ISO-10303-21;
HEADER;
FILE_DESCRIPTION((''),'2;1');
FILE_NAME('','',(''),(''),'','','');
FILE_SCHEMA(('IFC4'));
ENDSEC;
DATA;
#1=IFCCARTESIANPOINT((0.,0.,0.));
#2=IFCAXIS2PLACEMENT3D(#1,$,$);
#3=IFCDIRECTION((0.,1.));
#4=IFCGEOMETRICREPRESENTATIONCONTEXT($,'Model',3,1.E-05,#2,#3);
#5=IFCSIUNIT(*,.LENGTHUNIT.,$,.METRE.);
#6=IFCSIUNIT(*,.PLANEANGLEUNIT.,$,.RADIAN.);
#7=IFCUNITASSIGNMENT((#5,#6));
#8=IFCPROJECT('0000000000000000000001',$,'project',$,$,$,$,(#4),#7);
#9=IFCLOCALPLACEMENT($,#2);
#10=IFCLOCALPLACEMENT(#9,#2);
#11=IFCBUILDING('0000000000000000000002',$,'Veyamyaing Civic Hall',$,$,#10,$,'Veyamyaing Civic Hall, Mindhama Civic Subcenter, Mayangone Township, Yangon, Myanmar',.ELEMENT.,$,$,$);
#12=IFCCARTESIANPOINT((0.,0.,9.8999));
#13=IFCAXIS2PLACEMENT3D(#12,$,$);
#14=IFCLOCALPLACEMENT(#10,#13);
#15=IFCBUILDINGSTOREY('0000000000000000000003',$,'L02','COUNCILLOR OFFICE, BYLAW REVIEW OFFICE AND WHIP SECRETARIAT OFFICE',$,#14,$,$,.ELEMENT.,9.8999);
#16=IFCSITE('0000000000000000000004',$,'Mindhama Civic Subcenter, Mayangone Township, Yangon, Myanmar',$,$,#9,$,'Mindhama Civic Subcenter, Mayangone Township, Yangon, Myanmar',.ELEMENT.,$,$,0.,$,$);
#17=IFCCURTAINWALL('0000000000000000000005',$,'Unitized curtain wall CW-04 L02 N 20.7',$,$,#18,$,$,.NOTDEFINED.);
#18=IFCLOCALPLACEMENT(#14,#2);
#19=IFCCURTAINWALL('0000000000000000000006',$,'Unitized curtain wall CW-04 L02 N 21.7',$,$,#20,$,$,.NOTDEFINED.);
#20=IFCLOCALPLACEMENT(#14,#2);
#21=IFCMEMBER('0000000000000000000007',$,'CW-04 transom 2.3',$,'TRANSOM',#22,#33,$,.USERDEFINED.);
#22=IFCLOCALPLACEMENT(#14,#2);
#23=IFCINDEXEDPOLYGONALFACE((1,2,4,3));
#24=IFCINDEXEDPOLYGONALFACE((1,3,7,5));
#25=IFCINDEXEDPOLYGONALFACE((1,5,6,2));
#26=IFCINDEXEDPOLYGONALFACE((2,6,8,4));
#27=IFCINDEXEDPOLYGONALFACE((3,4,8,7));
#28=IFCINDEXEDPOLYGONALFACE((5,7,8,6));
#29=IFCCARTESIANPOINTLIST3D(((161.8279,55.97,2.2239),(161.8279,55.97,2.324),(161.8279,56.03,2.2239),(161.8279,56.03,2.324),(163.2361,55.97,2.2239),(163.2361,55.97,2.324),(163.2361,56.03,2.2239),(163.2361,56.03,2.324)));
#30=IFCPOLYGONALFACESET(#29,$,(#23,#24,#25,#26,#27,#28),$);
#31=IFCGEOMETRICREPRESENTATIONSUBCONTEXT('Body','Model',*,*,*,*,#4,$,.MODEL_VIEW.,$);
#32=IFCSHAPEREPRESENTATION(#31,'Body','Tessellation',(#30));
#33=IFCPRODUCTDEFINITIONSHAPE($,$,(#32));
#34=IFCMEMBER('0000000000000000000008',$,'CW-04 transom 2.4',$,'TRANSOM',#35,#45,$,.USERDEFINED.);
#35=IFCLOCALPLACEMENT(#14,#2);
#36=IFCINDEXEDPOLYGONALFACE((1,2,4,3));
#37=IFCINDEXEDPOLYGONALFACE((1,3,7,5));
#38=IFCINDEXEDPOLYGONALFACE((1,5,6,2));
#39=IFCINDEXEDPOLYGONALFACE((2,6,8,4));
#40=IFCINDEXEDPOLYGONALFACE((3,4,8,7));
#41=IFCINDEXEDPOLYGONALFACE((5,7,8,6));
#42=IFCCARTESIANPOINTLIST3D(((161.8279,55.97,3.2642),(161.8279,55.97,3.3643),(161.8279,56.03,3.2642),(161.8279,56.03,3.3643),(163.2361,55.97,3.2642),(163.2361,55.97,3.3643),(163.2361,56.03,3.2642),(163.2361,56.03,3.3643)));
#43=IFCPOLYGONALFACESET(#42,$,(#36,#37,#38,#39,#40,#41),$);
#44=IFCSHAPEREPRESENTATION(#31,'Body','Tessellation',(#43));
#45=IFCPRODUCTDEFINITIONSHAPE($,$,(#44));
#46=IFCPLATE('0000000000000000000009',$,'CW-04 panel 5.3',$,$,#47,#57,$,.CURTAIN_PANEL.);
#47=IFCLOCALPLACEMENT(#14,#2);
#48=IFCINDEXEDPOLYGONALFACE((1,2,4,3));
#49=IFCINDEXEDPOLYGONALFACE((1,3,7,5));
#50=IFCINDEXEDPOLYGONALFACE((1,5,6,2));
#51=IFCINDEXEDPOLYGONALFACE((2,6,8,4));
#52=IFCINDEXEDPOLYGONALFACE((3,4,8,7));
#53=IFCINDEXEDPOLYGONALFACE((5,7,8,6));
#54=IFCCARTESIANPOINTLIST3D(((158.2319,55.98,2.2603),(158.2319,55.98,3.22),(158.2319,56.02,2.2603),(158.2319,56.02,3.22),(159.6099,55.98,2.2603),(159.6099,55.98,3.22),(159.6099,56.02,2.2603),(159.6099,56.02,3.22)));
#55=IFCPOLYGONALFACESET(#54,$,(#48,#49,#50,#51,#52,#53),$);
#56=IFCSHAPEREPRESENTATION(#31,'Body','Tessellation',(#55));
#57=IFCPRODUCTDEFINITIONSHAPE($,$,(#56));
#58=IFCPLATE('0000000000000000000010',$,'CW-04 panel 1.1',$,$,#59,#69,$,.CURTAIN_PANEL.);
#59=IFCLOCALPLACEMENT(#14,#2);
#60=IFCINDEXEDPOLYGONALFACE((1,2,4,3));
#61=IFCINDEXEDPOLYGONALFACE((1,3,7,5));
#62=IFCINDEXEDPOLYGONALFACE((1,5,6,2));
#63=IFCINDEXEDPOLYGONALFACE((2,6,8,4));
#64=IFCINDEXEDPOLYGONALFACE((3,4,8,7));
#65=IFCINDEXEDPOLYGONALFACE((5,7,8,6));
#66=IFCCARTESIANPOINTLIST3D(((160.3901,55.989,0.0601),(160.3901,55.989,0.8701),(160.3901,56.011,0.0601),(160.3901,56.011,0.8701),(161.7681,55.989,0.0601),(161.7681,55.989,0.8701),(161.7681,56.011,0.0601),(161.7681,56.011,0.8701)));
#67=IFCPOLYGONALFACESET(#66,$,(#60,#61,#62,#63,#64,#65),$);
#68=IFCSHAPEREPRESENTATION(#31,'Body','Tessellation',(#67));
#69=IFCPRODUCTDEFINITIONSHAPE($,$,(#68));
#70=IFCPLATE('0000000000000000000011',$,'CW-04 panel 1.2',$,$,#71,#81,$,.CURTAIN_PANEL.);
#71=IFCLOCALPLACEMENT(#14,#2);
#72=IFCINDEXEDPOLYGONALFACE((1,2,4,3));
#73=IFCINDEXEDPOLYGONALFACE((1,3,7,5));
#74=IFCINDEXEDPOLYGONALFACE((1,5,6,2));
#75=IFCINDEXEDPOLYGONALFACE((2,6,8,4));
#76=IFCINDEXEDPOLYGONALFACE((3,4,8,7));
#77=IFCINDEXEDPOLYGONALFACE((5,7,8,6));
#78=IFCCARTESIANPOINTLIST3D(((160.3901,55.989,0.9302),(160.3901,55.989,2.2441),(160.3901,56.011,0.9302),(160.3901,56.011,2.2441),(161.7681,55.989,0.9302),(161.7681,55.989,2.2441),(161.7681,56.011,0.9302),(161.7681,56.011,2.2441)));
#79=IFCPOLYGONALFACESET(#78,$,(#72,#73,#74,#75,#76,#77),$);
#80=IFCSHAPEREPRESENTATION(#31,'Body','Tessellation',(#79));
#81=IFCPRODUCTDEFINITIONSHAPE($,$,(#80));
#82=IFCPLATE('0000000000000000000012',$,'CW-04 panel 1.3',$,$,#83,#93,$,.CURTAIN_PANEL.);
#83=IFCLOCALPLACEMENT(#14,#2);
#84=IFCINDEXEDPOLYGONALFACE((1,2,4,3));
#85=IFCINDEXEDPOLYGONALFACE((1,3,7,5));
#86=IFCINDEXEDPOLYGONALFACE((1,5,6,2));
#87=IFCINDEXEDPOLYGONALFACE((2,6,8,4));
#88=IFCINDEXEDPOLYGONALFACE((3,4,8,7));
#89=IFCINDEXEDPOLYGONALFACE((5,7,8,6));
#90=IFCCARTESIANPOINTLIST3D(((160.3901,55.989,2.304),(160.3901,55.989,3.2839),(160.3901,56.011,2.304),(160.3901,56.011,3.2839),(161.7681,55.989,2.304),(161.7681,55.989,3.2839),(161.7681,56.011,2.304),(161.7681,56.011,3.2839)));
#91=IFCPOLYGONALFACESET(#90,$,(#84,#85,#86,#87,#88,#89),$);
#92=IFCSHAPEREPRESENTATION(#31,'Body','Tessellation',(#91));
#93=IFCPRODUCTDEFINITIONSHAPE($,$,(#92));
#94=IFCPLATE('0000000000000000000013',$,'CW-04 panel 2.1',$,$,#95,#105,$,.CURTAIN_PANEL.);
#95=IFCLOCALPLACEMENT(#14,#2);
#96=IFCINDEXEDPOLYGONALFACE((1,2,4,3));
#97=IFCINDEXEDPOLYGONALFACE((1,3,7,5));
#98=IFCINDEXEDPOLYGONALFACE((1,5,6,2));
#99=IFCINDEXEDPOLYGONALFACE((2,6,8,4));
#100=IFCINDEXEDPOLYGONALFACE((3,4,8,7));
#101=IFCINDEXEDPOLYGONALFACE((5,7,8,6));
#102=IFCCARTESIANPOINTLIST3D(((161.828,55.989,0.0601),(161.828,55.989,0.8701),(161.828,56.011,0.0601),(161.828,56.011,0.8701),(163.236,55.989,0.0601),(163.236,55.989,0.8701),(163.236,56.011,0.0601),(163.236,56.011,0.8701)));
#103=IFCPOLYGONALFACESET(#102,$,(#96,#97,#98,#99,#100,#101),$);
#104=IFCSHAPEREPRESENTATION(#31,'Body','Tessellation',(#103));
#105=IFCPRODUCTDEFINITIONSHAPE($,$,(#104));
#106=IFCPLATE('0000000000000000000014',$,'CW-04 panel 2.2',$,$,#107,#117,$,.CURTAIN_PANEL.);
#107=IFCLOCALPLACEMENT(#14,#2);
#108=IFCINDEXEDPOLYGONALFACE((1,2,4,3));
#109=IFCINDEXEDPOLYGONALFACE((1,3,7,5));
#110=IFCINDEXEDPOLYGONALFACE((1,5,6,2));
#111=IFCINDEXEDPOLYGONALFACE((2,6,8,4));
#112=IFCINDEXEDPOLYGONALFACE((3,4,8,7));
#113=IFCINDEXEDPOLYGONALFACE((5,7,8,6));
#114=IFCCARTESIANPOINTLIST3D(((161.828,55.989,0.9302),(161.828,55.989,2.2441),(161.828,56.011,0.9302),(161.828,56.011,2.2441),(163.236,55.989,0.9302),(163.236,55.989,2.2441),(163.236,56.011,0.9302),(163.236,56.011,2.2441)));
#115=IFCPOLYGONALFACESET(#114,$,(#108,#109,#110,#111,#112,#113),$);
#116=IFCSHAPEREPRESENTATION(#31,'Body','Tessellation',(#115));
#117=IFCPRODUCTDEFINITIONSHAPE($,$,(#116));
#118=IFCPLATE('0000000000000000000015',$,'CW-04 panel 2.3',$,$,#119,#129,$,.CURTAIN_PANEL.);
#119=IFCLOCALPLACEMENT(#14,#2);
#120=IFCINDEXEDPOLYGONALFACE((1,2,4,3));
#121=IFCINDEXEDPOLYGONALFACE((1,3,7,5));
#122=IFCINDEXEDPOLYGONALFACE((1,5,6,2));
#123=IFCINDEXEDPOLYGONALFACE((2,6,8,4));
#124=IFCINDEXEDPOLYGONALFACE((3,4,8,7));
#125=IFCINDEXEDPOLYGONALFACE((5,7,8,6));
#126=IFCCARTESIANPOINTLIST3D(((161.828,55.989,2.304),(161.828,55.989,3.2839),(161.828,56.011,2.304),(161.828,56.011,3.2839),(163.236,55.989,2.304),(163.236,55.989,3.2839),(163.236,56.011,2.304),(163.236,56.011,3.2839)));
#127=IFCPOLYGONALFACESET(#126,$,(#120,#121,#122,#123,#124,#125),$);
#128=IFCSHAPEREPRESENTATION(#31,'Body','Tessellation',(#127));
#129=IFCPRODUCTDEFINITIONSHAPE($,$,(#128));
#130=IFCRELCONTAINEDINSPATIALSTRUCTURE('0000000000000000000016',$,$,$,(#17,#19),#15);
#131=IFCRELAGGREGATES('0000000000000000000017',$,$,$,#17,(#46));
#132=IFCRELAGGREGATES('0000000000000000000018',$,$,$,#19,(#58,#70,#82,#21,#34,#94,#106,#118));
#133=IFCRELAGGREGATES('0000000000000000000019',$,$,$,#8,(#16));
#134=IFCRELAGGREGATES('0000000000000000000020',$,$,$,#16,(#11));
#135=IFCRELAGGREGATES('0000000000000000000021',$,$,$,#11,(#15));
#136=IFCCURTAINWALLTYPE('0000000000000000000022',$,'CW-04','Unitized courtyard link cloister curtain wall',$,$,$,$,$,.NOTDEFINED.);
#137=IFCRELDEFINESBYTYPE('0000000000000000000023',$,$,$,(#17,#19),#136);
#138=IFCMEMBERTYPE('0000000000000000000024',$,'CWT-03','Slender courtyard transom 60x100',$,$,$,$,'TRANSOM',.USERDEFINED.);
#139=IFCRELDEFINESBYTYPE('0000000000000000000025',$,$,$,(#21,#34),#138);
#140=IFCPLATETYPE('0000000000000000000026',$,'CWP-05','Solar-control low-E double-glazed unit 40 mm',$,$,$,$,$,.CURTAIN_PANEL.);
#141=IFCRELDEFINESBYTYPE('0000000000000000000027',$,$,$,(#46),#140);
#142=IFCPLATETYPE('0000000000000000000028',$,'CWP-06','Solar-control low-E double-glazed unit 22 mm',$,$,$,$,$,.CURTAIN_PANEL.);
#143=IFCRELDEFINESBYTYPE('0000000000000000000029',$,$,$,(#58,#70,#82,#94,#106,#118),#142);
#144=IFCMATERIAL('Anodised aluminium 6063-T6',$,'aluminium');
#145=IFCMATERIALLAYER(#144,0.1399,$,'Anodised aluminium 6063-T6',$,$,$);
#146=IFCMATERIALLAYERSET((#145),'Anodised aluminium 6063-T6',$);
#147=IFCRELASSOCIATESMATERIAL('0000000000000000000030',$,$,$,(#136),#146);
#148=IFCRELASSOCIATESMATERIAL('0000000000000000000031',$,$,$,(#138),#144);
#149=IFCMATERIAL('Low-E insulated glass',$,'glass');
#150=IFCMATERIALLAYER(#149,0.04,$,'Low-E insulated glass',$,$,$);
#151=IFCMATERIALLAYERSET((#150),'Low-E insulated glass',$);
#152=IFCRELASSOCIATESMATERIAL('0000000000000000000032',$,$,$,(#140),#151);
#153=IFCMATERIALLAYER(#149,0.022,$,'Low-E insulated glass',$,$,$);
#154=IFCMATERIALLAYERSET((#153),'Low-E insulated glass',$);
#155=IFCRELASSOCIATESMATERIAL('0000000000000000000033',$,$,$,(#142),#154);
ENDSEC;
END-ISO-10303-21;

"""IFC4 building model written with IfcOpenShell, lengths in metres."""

from ifc_helpers import new_model, si_unit, direction, frame, origin, origin_2d, place, context, subcontext, project, spatial, rectangle, extrude, material, layer, layer_set, material_profile, profile_set, type_object, element, aggregate, save


model = new_model("IFC4")

# Units and contexts
model_context = context("Model", 3, precision=1e-05, world=origin(), true_north=direction((0.0, 1.0)))
body_context = subcontext(model_context, "Body", "Model", "MODEL_VIEW")
ifc_project = project(units=[si_unit("LENGTHUNIT", "METRE"), si_unit("PLANEANGLEUNIT", "RADIAN")], contexts=[model_context])

# Site, building, storey
site_placement = place(None, origin())
site = spatial("IfcSite", under=ifc_project, at=site_placement, Name="Mindhama Civic Subcenter, Mayangone Township, Yangon, Myanmar", LongName="Mindhama Civic Subcenter, Mayangone Township, Yangon, Myanmar", CompositionType="ELEMENT", RefElevation=0.0)
building_placement = place(site_placement, origin())
building = spatial("IfcBuilding", under=site, at=building_placement, Name="Veyamyaing Civic Hall", LongName="Veyamyaing Civic Hall, Mindhama Civic Subcenter, Mayangone Township, Yangon, Myanmar", CompositionType="ELEMENT")
storey_placement = place(building_placement, frame((0.0, 0.0, 9.8999)))
storey = spatial("IfcBuildingStorey", under=building, at=storey_placement, Name="L02", Description="COUNCILLOR OFFICE, BYLAW REVIEW OFFICE AND WHIP SECRETARIAT OFFICE", CompositionType="ELEMENT", Elevation=9.8999)

# Curtain wall
ifc_material_1 = material(Name="Anodised aluminium 6063-T6", Category="aluminium")
ifc_layer_1 = layer(ifc_material_1, 0.1399, Name="Anodised aluminium 6063-T6")
ifc_layer_set_1 = layer_set([ifc_layer_1], Name="Anodised aluminium 6063-T6")
curtain_wall_type = type_object("IfcCurtainWallType", Name="CW-04", Description="Unitized courtyard link cloister curtain wall", PredefinedType="NOTDEFINED", material=ifc_layer_set_1)
curtain_wall_1_placement = place(storey_placement, origin())
curtain_wall_1 = element("IfcCurtainWall", 1, at=curtain_wall_1_placement, inside=storey, type_object=curtain_wall_type, Name="Unitized curtain wall CW-04 L02 N 20.7", PredefinedType="NOTDEFINED")

# Curtain wall, members
curtain_wall_2_placement = place(storey_placement, origin())
curtain_wall_2 = element("IfcCurtainWall", 2, at=curtain_wall_2_placement, inside=storey, type_object=curtain_wall_type, Name="Unitized curtain wall CW-04 L02 N 21.7", PredefinedType="NOTDEFINED")
ifc_material_profile_1 = material_profile(ifc_material_1, rectangle(XDim=0.0601, YDim=0.1001, at=origin_2d()), Name="ALU-TRN-60X100")
ifc_profile_set_1 = profile_set([ifc_material_profile_1], Name="Anodised aluminium 6063-T6")
member_type_1 = type_object("IfcMemberType", Name="CWT-03", Description="Slender courtyard transom 60x100", ElementType="TRANSOM", PredefinedType="USERDEFINED", material=ifc_profile_set_1)
member_1_placement = place(storey_placement, frame((161.8279, 56.0, 2.2739), z_axis=(1.0, 0.0, 0.0), x_axis=(0.0, 1.0, 0.0)))
member_1 = element("IfcMember", 3, at=member_1_placement, type_object=member_type_1, Name="CW-04 transom 2.3", ObjectType="TRANSOM", PredefinedType="USERDEFINED", context=body_context, shape_type="SweptSolid", body=[
    extrude(rectangle(XDim=0.0601, YDim=0.1001, at=origin_2d()), origin(), (0.0, 0.0, 1.0), 1.4082),
])
member_2_placement = place(storey_placement, frame((161.8279, 56.0, 3.3142), z_axis=(1.0, 0.0, 0.0), x_axis=(0.0, 1.0, 0.0)))
member_2 = element("IfcMember", 4, at=member_2_placement, type_object=member_type_1, Name="CW-04 transom 2.4", ObjectType="TRANSOM", PredefinedType="USERDEFINED", context=body_context, shape_type="SweptSolid", body=[
    extrude(rectangle(XDim=0.0601, YDim=0.1001, at=origin_2d()), origin(), (0.0, 0.0, 1.0), 1.4082),
])

# Plates
ifc_material_2 = material(Name="Low-E insulated glass", Category="glass")
ifc_layer_2 = layer(ifc_material_2, 0.04, Name="Low-E insulated glass")
ifc_layer_set_2 = layer_set([ifc_layer_2], Name="Low-E insulated glass")
plate_type_1 = type_object("IfcPlateType", Name="CWP-05", Description="Solar-control low-E double-glazed unit 40 mm", PredefinedType="CURTAIN_PANEL", material=ifc_layer_set_2)
plate_1_placement = place(storey_placement, frame((158.9209, 56.0, 2.2603), z_axis=(0.0, 0.0, 1.0), x_axis=(1.0, 0.0, 0.0)))
plate_1 = element("IfcPlate", 5, at=plate_1_placement, type_object=plate_type_1, Name="CW-04 panel 5.3", PredefinedType="CURTAIN_PANEL", context=body_context, shape_type="SweptSolid", body=[
    extrude(rectangle(XDim=1.3779, YDim=0.04, at=origin_2d()), origin(), (0.0, 0.0, 1.0), 0.9597),
])
aggregate(curtain_wall_1, [plate_1])
ifc_layer_3 = layer(ifc_material_2, 0.022, Name="Low-E insulated glass")
ifc_layer_set_3 = layer_set([ifc_layer_3], Name="Low-E insulated glass")
plate_type_2 = type_object("IfcPlateType", Name="CWP-06", Description="Solar-control low-E double-glazed unit 22 mm", PredefinedType="CURTAIN_PANEL", material=ifc_layer_set_3)
plate_2_placement = place(storey_placement, frame((161.0791, 56.0, 0.0601), z_axis=(0.0, 0.0, 1.0), x_axis=(1.0, 0.0, 0.0)))
plate_2 = element("IfcPlate", 6, at=plate_2_placement, type_object=plate_type_2, Name="CW-04 panel 1.1", PredefinedType="CURTAIN_PANEL", context=body_context, shape_type="SweptSolid", body=[
    extrude(rectangle(XDim=1.3779, YDim=0.022, at=origin_2d()), origin(), (0.0, 0.0, 1.0), 0.8101),
])
plate_3_placement = place(storey_placement, frame((161.0791, 56.0, 0.9302), z_axis=(0.0, 0.0, 1.0), x_axis=(1.0, 0.0, 0.0)))
plate_3 = element("IfcPlate", 7, at=plate_3_placement, type_object=plate_type_2, Name="CW-04 panel 1.2", PredefinedType="CURTAIN_PANEL", context=body_context, shape_type="SweptSolid", body=[
    extrude(rectangle(XDim=1.3779, YDim=0.022, at=origin_2d()), origin(), (0.0, 0.0, 1.0), 1.314),
])
plate_4_placement = place(storey_placement, frame((161.0791, 56.0, 2.304), z_axis=(0.0, 0.0, 1.0), x_axis=(1.0, 0.0, 0.0)))
plate_4 = element("IfcPlate", 8, at=plate_4_placement, type_object=plate_type_2, Name="CW-04 panel 1.3", PredefinedType="CURTAIN_PANEL", context=body_context, shape_type="SweptSolid", body=[
    extrude(rectangle(XDim=1.3779, YDim=0.022, at=origin_2d()), origin(), (0.0, 0.0, 1.0), 0.98),
])
plate_5_placement = place(storey_placement, frame((162.532, 56.0, 0.0601), z_axis=(0.0, 0.0, 1.0), x_axis=(1.0, 0.0, 0.0)))
plate_5 = element("IfcPlate", 9, at=plate_5_placement, type_object=plate_type_2, Name="CW-04 panel 2.1", PredefinedType="CURTAIN_PANEL", context=body_context, shape_type="SweptSolid", body=[
    extrude(rectangle(XDim=1.408, YDim=0.022, at=origin_2d()), origin(), (0.0, 0.0, 1.0), 0.8101),
])
plate_6_placement = place(storey_placement, frame((162.532, 56.0, 0.9302), z_axis=(0.0, 0.0, 1.0), x_axis=(1.0, 0.0, 0.0)))
plate_6 = element("IfcPlate", 10, at=plate_6_placement, type_object=plate_type_2, Name="CW-04 panel 2.2", PredefinedType="CURTAIN_PANEL", context=body_context, shape_type="SweptSolid", body=[
    extrude(rectangle(XDim=1.408, YDim=0.022, at=origin_2d()), origin(), (0.0, 0.0, 1.0), 1.314),
])
plate_7_placement = place(storey_placement, frame((162.532, 56.0, 2.304), z_axis=(0.0, 0.0, 1.0), x_axis=(1.0, 0.0, 0.0)))
plate_7 = element("IfcPlate", 11, at=plate_7_placement, type_object=plate_type_2, Name="CW-04 panel 2.3", PredefinedType="CURTAIN_PANEL", context=body_context, shape_type="SweptSolid", body=[
    extrude(rectangle(XDim=1.408, YDim=0.022, at=origin_2d()), origin(), (0.0, 0.0, 1.0), 0.98),
])
aggregate(curtain_wall_2, [plate_2, plate_3, plate_4, member_1, member_2, plate_5, plate_6, plate_7])

save(model, "model.ifc")
